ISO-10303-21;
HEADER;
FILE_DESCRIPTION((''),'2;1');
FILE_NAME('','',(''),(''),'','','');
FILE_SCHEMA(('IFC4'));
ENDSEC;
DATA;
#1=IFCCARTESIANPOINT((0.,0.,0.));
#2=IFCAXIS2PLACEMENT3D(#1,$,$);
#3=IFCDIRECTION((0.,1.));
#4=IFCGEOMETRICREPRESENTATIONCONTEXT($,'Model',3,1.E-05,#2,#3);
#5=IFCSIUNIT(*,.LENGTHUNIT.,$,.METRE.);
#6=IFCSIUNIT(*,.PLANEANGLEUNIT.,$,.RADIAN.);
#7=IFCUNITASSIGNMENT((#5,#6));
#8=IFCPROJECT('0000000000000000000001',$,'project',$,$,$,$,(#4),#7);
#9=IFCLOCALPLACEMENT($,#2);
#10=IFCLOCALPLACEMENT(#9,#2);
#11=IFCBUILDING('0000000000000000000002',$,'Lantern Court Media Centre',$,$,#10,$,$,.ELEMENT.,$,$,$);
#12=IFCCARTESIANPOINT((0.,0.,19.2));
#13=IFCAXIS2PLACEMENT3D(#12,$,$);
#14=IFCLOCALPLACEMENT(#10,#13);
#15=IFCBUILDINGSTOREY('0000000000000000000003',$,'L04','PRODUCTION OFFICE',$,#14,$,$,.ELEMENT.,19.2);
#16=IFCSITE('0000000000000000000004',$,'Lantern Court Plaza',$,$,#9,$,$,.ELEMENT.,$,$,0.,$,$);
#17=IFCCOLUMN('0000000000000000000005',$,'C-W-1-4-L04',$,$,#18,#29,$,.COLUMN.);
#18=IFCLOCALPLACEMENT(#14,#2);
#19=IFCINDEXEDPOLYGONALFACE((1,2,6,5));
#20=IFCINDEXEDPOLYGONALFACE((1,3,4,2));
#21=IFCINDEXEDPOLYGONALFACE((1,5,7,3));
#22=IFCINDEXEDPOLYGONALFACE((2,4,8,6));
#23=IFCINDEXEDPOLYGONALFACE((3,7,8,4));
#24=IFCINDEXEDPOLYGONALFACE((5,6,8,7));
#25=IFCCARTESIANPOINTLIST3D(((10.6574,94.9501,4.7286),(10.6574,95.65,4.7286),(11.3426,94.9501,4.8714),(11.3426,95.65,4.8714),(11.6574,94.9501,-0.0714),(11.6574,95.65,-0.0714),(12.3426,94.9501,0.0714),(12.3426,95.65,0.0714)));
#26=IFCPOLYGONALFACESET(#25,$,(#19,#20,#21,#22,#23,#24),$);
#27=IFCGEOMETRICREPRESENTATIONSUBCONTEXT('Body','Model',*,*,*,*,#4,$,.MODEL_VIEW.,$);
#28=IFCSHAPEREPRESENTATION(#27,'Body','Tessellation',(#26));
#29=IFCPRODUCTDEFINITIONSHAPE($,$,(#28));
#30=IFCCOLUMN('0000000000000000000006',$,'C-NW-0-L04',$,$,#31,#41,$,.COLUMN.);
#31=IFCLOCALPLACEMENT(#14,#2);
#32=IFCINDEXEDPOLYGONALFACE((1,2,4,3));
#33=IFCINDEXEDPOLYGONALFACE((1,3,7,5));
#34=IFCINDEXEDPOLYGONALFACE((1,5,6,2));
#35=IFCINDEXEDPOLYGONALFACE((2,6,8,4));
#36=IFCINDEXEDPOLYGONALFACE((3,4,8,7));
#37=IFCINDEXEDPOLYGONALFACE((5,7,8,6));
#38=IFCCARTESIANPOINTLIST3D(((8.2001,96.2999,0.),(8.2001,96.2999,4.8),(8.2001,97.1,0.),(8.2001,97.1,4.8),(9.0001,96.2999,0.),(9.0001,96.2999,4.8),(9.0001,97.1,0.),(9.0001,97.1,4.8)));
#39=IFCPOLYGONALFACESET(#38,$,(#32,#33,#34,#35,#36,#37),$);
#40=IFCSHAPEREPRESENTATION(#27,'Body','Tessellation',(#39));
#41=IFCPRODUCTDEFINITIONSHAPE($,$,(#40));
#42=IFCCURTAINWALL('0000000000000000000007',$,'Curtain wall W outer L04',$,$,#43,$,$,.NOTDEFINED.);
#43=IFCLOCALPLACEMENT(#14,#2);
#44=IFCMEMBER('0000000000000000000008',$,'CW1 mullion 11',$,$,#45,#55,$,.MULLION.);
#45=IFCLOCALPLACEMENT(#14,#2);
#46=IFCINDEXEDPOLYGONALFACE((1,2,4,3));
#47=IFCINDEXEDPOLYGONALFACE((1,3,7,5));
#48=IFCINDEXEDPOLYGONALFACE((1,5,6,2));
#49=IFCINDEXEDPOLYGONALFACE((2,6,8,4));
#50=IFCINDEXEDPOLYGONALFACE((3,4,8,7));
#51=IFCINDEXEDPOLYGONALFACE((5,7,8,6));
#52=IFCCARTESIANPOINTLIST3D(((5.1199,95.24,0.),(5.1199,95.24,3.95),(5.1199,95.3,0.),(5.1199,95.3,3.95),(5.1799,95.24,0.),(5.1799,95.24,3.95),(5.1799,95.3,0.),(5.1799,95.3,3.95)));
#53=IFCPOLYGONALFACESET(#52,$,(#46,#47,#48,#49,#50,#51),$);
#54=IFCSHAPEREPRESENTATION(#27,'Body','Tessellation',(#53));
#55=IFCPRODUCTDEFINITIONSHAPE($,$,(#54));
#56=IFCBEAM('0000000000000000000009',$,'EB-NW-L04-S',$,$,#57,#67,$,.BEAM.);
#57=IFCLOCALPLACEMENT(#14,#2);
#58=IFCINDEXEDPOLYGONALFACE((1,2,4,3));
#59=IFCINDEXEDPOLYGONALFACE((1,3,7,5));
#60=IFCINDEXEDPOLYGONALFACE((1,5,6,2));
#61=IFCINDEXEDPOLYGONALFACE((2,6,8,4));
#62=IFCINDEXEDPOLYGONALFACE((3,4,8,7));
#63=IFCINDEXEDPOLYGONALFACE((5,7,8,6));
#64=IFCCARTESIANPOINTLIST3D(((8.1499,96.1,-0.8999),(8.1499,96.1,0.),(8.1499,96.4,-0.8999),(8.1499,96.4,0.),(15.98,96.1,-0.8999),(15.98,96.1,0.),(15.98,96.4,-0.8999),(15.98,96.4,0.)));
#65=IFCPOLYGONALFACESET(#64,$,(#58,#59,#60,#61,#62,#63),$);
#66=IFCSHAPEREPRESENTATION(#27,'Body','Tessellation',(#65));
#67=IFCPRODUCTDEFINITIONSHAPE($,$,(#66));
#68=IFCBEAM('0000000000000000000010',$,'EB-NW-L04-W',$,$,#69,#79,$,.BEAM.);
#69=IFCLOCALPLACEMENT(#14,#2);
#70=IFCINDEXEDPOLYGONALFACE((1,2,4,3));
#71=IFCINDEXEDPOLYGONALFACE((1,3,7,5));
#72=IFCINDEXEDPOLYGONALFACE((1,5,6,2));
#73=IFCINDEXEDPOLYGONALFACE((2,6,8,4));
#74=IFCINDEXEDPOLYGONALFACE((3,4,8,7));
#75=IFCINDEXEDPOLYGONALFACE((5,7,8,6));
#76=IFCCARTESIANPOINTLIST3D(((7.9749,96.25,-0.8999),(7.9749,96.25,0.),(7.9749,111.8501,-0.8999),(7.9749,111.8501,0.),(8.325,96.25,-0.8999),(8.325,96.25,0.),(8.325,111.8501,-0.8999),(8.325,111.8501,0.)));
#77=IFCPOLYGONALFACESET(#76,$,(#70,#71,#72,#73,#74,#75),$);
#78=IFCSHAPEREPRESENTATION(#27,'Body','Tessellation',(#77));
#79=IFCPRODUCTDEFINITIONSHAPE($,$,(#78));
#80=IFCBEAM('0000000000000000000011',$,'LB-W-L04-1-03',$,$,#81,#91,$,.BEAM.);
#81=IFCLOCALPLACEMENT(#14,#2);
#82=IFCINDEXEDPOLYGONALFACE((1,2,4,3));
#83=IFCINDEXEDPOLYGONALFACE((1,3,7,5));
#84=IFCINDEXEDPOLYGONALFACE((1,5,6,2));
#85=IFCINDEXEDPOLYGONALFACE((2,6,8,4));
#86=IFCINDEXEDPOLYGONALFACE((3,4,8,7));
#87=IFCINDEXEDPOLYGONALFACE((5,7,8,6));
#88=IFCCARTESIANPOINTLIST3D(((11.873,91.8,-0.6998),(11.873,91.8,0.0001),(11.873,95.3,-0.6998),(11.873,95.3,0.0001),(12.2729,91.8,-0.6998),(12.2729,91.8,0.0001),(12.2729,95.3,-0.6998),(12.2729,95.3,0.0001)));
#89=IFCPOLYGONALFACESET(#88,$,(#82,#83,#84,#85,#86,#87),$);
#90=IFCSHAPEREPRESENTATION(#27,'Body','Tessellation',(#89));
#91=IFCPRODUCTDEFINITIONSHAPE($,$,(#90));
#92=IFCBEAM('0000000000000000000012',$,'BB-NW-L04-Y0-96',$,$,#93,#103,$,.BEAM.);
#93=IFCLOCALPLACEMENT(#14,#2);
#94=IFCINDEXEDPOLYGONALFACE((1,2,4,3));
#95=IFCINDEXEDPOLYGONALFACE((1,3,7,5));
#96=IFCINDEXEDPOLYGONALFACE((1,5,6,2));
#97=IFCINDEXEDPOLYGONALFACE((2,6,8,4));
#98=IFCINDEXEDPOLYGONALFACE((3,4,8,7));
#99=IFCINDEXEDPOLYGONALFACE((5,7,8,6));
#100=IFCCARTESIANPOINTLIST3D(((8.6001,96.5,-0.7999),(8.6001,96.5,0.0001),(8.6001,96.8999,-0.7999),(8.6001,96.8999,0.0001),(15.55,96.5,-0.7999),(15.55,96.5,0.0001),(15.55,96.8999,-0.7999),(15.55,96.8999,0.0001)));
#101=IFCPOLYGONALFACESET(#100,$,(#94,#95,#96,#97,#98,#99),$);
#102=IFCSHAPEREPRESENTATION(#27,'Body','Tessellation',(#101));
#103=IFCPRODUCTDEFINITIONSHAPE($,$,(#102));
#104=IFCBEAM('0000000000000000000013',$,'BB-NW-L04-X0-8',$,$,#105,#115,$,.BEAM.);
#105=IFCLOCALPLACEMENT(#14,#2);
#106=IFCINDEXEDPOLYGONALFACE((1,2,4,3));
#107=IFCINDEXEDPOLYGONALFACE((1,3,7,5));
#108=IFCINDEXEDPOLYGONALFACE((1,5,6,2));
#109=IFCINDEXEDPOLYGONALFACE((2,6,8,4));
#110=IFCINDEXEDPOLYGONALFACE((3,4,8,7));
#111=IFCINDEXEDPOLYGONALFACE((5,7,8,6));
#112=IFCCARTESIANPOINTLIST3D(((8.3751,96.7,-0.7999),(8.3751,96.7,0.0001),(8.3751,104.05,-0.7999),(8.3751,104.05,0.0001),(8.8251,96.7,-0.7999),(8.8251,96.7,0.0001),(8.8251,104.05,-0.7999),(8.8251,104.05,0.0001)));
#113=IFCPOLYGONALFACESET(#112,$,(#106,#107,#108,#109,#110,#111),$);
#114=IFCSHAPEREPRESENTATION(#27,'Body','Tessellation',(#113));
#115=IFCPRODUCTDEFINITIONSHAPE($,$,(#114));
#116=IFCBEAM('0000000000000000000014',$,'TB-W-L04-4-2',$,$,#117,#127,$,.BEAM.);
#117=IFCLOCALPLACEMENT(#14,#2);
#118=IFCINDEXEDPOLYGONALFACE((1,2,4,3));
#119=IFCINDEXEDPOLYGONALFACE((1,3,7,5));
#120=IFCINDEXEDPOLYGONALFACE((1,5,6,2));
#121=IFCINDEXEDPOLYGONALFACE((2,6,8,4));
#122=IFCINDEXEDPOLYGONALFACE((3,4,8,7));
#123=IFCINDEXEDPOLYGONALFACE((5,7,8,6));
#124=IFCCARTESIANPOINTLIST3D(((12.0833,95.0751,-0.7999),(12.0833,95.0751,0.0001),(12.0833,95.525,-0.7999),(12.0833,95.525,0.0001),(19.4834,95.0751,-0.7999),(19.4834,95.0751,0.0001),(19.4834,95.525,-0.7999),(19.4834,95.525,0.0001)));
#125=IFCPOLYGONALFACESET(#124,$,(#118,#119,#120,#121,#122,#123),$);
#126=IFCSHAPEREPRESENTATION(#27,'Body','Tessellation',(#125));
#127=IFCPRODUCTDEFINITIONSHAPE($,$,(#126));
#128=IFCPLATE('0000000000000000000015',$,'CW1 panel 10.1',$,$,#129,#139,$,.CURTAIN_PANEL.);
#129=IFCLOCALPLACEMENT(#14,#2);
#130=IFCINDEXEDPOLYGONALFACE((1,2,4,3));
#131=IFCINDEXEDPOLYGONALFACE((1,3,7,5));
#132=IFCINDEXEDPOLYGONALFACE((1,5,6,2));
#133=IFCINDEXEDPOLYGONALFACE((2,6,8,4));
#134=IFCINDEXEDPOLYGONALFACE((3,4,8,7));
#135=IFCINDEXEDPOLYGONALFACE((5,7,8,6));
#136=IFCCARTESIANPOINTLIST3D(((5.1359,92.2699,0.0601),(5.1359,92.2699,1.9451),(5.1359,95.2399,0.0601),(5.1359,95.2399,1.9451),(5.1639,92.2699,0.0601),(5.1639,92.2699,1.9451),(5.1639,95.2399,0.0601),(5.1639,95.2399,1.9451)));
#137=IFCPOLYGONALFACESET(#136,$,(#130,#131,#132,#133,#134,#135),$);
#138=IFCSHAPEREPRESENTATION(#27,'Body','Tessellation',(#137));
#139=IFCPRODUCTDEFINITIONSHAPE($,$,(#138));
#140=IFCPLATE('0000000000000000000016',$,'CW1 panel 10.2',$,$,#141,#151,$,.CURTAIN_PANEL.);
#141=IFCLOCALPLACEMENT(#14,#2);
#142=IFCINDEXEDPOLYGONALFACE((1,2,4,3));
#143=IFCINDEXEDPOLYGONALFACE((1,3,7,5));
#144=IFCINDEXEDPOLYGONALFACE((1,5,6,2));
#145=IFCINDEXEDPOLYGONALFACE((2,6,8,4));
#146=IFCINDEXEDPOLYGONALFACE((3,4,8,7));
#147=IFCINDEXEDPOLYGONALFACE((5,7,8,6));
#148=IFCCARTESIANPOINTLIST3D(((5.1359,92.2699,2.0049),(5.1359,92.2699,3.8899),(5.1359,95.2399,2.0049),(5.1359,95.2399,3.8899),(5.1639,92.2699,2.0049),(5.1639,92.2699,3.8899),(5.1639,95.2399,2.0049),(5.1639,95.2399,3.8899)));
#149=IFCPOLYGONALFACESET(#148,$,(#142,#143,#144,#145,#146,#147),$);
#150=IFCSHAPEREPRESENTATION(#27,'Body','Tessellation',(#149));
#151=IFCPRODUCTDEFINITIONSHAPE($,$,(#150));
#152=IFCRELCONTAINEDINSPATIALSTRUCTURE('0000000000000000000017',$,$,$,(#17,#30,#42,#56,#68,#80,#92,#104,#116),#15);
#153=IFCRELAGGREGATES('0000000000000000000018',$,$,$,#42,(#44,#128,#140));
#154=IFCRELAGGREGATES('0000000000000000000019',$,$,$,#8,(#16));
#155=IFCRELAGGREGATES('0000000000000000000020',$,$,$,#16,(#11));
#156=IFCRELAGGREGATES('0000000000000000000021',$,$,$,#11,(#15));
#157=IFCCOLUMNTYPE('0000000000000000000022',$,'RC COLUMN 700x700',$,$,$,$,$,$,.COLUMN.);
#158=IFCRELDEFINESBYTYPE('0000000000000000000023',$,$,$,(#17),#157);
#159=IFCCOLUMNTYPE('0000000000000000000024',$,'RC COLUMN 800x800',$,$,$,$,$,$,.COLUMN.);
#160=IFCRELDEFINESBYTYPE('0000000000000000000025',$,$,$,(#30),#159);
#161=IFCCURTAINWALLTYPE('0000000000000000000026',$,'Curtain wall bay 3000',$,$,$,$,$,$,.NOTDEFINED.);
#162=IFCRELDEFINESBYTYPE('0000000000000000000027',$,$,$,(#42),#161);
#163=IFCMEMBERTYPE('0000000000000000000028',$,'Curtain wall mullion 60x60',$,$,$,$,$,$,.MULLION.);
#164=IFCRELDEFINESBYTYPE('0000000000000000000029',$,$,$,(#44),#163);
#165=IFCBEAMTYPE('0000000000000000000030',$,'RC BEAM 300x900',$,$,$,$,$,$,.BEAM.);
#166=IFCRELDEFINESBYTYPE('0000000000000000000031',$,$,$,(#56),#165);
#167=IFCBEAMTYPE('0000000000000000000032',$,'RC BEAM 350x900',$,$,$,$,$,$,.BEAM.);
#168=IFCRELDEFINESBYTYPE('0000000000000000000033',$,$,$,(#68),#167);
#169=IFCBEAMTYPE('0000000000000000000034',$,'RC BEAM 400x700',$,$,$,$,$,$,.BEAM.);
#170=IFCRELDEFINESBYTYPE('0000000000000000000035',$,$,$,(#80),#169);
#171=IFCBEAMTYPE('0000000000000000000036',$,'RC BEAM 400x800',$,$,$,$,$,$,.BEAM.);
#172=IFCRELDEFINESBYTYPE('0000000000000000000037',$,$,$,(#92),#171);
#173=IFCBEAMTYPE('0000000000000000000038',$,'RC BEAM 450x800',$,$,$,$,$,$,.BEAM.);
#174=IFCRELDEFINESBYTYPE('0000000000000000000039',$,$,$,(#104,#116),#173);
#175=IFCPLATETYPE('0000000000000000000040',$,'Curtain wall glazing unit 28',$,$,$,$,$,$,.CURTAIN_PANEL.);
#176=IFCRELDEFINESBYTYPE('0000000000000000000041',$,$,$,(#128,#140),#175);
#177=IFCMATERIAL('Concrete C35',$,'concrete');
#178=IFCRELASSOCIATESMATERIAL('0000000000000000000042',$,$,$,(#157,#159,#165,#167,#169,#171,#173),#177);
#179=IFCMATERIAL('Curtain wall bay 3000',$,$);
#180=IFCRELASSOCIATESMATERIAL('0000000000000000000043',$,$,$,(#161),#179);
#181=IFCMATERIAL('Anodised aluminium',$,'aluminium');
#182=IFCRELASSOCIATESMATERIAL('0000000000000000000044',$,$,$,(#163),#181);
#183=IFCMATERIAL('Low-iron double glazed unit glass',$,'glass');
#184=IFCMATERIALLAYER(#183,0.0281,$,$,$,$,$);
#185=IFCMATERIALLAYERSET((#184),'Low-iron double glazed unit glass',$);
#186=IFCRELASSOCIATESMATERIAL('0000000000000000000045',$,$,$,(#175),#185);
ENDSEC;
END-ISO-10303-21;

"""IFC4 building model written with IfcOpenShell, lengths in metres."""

from ifc_helpers import new_model, si_unit, direction, frame, origin, origin_2d, place, context, subcontext, project, spatial, rectangle, extrude, material, layer, layer_set, material_profile, profile_set, type_object, element, aggregate, save


model = new_model("IFC4")

# Units and contexts
model_context = context("Model", 3, precision=1e-05, world=origin(), true_north=direction((0.0, 1.0)))
body_context = subcontext(model_context, "Body", "Model", "MODEL_VIEW")
ifc_project = project(units=[si_unit("LENGTHUNIT", "METRE"), si_unit("PLANEANGLEUNIT", "RADIAN")], contexts=[model_context])

# Site, building, storey
site_placement = place(None, origin())
site = spatial("IfcSite", under=ifc_project, at=site_placement, Name="Lantern Court Plaza", CompositionType="ELEMENT", RefElevation=0.0)
building_placement = place(site_placement, origin())
building = spatial("IfcBuilding", under=site, at=building_placement, Name="Lantern Court Media Centre", CompositionType="ELEMENT")
storey_placement = place(building_placement, frame((0.0, 0.0, 19.2)))
storey = spatial("IfcBuildingStorey", under=building, at=storey_placement, Name="L04", Description="PRODUCTION OFFICE", CompositionType="ELEMENT", Elevation=19.2)

# Columns
ifc_material_1 = material(Name="Concrete C35", Category="concrete")
ifc_material_profile_1 = material_profile(ifc_material_1, rectangle(XDim=0.7, YDim=0.7, at=origin_2d()), Name="RC 700x700")
ifc_profile_set_1 = profile_set([ifc_material_profile_1], Name="Concrete C35")
column_type_1 = type_object("IfcColumnType", Name="RC COLUMN 700x700", PredefinedType="COLUMN", material=ifc_profile_set_1)
column_1_placement = place(storey_placement, frame((12.0, 95.3, 0.0), z_axis=(-0.203952, 0.0, 0.978981), x_axis=(0.0, -1.0, 0.0)))
element("IfcColumn", 1, at=column_1_placement, inside=storey, type_object=column_type_1, Name="C-W-1-4-L04", PredefinedType="COLUMN", context=body_context, shape_type="SweptSolid", body=[
    extrude(rectangle(XDim=0.7, YDim=0.7, at=origin_2d()), origin(), (0.0, 0.0, 1.0), 4.9031),
])
ifc_material_profile_2 = material_profile(ifc_material_1, rectangle(XDim=0.8, YDim=0.8, at=origin_2d()), Name="RC 800x800")
ifc_profile_set_2 = profile_set([ifc_material_profile_2], Name="Concrete C35")
column_type_2 = type_object("IfcColumnType", Name="RC COLUMN 800x800", PredefinedType="COLUMN", material=ifc_profile_set_2)
column_2_placement = place(storey_placement, frame((8.6001, 96.7, 0.0), z_axis=(0.0, 0.0, 1.0), x_axis=(1.0, 0.0, 0.0)))
element("IfcColumn", 2, at=column_2_placement, inside=storey, type_object=column_type_2, Name="C-NW-0-L04", PredefinedType="COLUMN", context=body_context, shape_type="SweptSolid", body=[
    extrude(rectangle(XDim=0.8, YDim=0.8, at=origin_2d()), origin(), (0.0, 0.0, 1.0), 4.8),
])

# Curtain wall, member
ifc_material_2 = material(Name="Curtain wall bay 3000")
curtain_wall_type = type_object("IfcCurtainWallType", Name="Curtain wall bay 3000", PredefinedType="NOTDEFINED", material=ifc_material_2)
curtain_wall_placement = place(storey_placement, origin())
curtain_wall = element("IfcCurtainWall", 3, at=curtain_wall_placement, inside=storey, type_object=curtain_wall_type, Name="Curtain wall W outer L04", PredefinedType="NOTDEFINED")
ifc_material_3 = material(Name="Anodised aluminium", Category="aluminium")
ifc_material_profile_3 = material_profile(ifc_material_3, rectangle(XDim=0.0601, YDim=0.0601, at=origin_2d()), Name="AL 60x60")
ifc_profile_set_3 = profile_set([ifc_material_profile_3], Name="Anodised aluminium")
member_type = type_object("IfcMemberType", Name="Curtain wall mullion 60x60", PredefinedType="MULLION", material=ifc_profile_set_3)
member_placement = place(storey_placement, frame((5.1499, 95.27, 0.0), z_axis=(0.0, 0.0, 1.0), x_axis=(-1.0, 0.0, 0.0)))
member = element("IfcMember", 4, at=member_placement, type_object=member_type, Name="CW1 mullion 11", PredefinedType="MULLION", context=body_context, shape_type="SweptSolid", body=[
    extrude(rectangle(XDim=0.0601, YDim=0.0601, at=origin_2d()), origin(), (0.0, 0.0, 1.0), 3.95),
])

# Beams
ifc_material_profile_4 = material_profile(ifc_material_1, rectangle(XDim=0.3, YDim=0.8999, at=origin_2d()), Name="RC 300x900")
ifc_profile_set_4 = profile_set([ifc_material_profile_4], Name="Concrete C35")
beam_type_1 = type_object("IfcBeamType", Name="RC BEAM 300x900", PredefinedType="BEAM", material=ifc_profile_set_4)
beam_1_placement = place(storey_placement, frame((8.1499, 96.25, -0.45), z_axis=(1.0, 0.0, 0.0), x_axis=(0.0, 1.0, 0.0)))
element("IfcBeam", 5, at=beam_1_placement, inside=storey, type_object=beam_type_1, Name="EB-NW-L04-S", PredefinedType="BEAM", context=body_context, shape_type="SweptSolid", body=[
    extrude(rectangle(XDim=0.3, YDim=0.8999, at=origin_2d()), origin(), (0.0, 0.0, 1.0), 7.8301),
])
ifc_material_profile_5 = material_profile(ifc_material_1, rectangle(XDim=0.3501, YDim=0.8999, at=origin_2d()), Name="RC 350x900")
ifc_profile_set_5 = profile_set([ifc_material_profile_5], Name="Concrete C35")
beam_type_2 = type_object("IfcBeamType", Name="RC BEAM 350x900", PredefinedType="BEAM", material=ifc_profile_set_5)
beam_2_placement = place(storey_placement, frame((8.1499, 96.25, -0.45), z_axis=(0.0, 1.0, 0.0), x_axis=(-1.0, 0.0, 0.0)))
element("IfcBeam", 6, at=beam_2_placement, inside=storey, type_object=beam_type_2, Name="EB-NW-L04-W", PredefinedType="BEAM", context=body_context, shape_type="SweptSolid", body=[
    extrude(rectangle(XDim=0.3501, YDim=0.8999, at=origin_2d()), origin(), (0.0, 0.0, 1.0), 15.6001),
])
ifc_material_profile_6 = material_profile(ifc_material_1, rectangle(XDim=0.3999, YDim=0.7, at=origin_2d()), Name="RC 400x700")
ifc_profile_set_6 = profile_set([ifc_material_profile_6], Name="Concrete C35")
beam_type_3 = type_object("IfcBeamType", Name="RC BEAM 400x700", PredefinedType="BEAM", material=ifc_profile_set_6)
beam_3_placement = place(storey_placement, frame((12.073, 91.8, -0.3499), z_axis=(0.0, 1.0, 0.0), x_axis=(-1.0, 0.0, 0.0)))
element("IfcBeam", 7, at=beam_3_placement, inside=storey, type_object=beam_type_3, Name="LB-W-L04-1-03", PredefinedType="BEAM", context=body_context, shape_type="SweptSolid", body=[
    extrude(rectangle(XDim=0.3999, YDim=0.7, at=origin_2d()), origin(), (0.0, 0.0, 1.0), 3.5),
])
ifc_material_profile_7 = material_profile(ifc_material_1, rectangle(XDim=0.3999, YDim=0.8, at=origin_2d()), Name="RC 400x800")
ifc_profile_set_7 = profile_set([ifc_material_profile_7], Name="Concrete C35")
beam_type_4 = type_object("IfcBeamType", Name="RC BEAM 400x800", PredefinedType="BEAM", material=ifc_profile_set_7)
beam_4_placement = place(storey_placement, frame((8.6001, 96.7, -0.3999), z_axis=(1.0, 0.0, 0.0), x_axis=(0.0, 1.0, 0.0)))
element("IfcBeam", 8, at=beam_4_placement, inside=storey, type_object=beam_type_4, Name="BB-NW-L04-Y0-96", PredefinedType="BEAM", context=body_context, shape_type="SweptSolid", body=[
    extrude(rectangle(XDim=0.3999, YDim=0.8, at=origin_2d()), origin(), (0.0, 0.0, 1.0), 6.95),
])
ifc_material_profile_8 = material_profile(ifc_material_1, rectangle(XDim=0.45, YDim=0.8, at=origin_2d()), Name="RC 450x800")
ifc_profile_set_8 = profile_set([ifc_material_profile_8], Name="Concrete C35")
beam_type_5 = type_object("IfcBeamType", Name="RC BEAM 450x800", PredefinedType="BEAM", material=ifc_profile_set_8)
beam_5_placement = place(storey_placement, frame((8.6001, 96.7, -0.3999), z_axis=(0.0, 1.0, 0.0), x_axis=(-1.0, 0.0, 0.0)))
element("IfcBeam", 9, at=beam_5_placement, inside=storey, type_object=beam_type_5, Name="BB-NW-L04-X0-8", PredefinedType="BEAM", context=body_context, shape_type="SweptSolid", body=[
    extrude(rectangle(XDim=0.45, YDim=0.8, at=origin_2d()), origin(), (0.0, 0.0, 1.0), 7.3501),
])
beam_6_placement = place(storey_placement, frame((12.0833, 95.3, -0.3999), z_axis=(1.0, 0.0, 0.0), x_axis=(0.0, 1.0, 0.0)))
element("IfcBeam", 10, at=beam_6_placement, inside=storey, type_object=beam_type_5, Name="TB-W-L04-4-2", PredefinedType="BEAM", context=body_context, shape_type="SweptSolid", body=[
    extrude(rectangle(XDim=0.45, YDim=0.8, at=origin_2d()), origin(), (0.0, 0.0, 1.0), 7.4001),
])

# Plates
ifc_material_4 = material(Name="Low-iron double glazed unit glass", Category="glass")
ifc_layer_1 = layer(ifc_material_4, 0.0281)
ifc_layer_set_1 = layer_set([ifc_layer_1], Name="Low-iron double glazed unit glass")
plate_type = type_object("IfcPlateType", Name="Curtain wall glazing unit 28", PredefinedType="CURTAIN_PANEL", material=ifc_layer_set_1)
plate_1_placement = place(storey_placement, frame((5.1499, 93.7549, 0.0601), z_axis=(0.0, 0.0, 1.0), x_axis=(0.0, 1.0, 0.0)))
plate_1 = element("IfcPlate", 11, at=plate_1_placement, type_object=plate_type, Name="CW1 panel 10.1", PredefinedType="CURTAIN_PANEL", context=body_context, shape_type="SweptSolid", body=[
    extrude(rectangle(XDim=2.97, YDim=0.0281, at=origin_2d()), origin(), (0.0, 0.0, 1.0), 1.885),
])
plate_2_placement = place(storey_placement, frame((5.1499, 93.7549, 2.0049), z_axis=(0.0, 0.0, 1.0), x_axis=(0.0, 1.0, 0.0)))
plate_2 = element("IfcPlate", 12, at=plate_2_placement, type_object=plate_type, Name="CW1 panel 10.2", PredefinedType="CURTAIN_PANEL", context=body_context, shape_type="SweptSolid", body=[
    extrude(rectangle(XDim=2.97, YDim=0.0281, at=origin_2d()), origin(), (0.0, 0.0, 1.0), 1.885),
])
aggregate(curtain_wall, [member, plate_1, plate_2])

save(model, "model.ifc")
